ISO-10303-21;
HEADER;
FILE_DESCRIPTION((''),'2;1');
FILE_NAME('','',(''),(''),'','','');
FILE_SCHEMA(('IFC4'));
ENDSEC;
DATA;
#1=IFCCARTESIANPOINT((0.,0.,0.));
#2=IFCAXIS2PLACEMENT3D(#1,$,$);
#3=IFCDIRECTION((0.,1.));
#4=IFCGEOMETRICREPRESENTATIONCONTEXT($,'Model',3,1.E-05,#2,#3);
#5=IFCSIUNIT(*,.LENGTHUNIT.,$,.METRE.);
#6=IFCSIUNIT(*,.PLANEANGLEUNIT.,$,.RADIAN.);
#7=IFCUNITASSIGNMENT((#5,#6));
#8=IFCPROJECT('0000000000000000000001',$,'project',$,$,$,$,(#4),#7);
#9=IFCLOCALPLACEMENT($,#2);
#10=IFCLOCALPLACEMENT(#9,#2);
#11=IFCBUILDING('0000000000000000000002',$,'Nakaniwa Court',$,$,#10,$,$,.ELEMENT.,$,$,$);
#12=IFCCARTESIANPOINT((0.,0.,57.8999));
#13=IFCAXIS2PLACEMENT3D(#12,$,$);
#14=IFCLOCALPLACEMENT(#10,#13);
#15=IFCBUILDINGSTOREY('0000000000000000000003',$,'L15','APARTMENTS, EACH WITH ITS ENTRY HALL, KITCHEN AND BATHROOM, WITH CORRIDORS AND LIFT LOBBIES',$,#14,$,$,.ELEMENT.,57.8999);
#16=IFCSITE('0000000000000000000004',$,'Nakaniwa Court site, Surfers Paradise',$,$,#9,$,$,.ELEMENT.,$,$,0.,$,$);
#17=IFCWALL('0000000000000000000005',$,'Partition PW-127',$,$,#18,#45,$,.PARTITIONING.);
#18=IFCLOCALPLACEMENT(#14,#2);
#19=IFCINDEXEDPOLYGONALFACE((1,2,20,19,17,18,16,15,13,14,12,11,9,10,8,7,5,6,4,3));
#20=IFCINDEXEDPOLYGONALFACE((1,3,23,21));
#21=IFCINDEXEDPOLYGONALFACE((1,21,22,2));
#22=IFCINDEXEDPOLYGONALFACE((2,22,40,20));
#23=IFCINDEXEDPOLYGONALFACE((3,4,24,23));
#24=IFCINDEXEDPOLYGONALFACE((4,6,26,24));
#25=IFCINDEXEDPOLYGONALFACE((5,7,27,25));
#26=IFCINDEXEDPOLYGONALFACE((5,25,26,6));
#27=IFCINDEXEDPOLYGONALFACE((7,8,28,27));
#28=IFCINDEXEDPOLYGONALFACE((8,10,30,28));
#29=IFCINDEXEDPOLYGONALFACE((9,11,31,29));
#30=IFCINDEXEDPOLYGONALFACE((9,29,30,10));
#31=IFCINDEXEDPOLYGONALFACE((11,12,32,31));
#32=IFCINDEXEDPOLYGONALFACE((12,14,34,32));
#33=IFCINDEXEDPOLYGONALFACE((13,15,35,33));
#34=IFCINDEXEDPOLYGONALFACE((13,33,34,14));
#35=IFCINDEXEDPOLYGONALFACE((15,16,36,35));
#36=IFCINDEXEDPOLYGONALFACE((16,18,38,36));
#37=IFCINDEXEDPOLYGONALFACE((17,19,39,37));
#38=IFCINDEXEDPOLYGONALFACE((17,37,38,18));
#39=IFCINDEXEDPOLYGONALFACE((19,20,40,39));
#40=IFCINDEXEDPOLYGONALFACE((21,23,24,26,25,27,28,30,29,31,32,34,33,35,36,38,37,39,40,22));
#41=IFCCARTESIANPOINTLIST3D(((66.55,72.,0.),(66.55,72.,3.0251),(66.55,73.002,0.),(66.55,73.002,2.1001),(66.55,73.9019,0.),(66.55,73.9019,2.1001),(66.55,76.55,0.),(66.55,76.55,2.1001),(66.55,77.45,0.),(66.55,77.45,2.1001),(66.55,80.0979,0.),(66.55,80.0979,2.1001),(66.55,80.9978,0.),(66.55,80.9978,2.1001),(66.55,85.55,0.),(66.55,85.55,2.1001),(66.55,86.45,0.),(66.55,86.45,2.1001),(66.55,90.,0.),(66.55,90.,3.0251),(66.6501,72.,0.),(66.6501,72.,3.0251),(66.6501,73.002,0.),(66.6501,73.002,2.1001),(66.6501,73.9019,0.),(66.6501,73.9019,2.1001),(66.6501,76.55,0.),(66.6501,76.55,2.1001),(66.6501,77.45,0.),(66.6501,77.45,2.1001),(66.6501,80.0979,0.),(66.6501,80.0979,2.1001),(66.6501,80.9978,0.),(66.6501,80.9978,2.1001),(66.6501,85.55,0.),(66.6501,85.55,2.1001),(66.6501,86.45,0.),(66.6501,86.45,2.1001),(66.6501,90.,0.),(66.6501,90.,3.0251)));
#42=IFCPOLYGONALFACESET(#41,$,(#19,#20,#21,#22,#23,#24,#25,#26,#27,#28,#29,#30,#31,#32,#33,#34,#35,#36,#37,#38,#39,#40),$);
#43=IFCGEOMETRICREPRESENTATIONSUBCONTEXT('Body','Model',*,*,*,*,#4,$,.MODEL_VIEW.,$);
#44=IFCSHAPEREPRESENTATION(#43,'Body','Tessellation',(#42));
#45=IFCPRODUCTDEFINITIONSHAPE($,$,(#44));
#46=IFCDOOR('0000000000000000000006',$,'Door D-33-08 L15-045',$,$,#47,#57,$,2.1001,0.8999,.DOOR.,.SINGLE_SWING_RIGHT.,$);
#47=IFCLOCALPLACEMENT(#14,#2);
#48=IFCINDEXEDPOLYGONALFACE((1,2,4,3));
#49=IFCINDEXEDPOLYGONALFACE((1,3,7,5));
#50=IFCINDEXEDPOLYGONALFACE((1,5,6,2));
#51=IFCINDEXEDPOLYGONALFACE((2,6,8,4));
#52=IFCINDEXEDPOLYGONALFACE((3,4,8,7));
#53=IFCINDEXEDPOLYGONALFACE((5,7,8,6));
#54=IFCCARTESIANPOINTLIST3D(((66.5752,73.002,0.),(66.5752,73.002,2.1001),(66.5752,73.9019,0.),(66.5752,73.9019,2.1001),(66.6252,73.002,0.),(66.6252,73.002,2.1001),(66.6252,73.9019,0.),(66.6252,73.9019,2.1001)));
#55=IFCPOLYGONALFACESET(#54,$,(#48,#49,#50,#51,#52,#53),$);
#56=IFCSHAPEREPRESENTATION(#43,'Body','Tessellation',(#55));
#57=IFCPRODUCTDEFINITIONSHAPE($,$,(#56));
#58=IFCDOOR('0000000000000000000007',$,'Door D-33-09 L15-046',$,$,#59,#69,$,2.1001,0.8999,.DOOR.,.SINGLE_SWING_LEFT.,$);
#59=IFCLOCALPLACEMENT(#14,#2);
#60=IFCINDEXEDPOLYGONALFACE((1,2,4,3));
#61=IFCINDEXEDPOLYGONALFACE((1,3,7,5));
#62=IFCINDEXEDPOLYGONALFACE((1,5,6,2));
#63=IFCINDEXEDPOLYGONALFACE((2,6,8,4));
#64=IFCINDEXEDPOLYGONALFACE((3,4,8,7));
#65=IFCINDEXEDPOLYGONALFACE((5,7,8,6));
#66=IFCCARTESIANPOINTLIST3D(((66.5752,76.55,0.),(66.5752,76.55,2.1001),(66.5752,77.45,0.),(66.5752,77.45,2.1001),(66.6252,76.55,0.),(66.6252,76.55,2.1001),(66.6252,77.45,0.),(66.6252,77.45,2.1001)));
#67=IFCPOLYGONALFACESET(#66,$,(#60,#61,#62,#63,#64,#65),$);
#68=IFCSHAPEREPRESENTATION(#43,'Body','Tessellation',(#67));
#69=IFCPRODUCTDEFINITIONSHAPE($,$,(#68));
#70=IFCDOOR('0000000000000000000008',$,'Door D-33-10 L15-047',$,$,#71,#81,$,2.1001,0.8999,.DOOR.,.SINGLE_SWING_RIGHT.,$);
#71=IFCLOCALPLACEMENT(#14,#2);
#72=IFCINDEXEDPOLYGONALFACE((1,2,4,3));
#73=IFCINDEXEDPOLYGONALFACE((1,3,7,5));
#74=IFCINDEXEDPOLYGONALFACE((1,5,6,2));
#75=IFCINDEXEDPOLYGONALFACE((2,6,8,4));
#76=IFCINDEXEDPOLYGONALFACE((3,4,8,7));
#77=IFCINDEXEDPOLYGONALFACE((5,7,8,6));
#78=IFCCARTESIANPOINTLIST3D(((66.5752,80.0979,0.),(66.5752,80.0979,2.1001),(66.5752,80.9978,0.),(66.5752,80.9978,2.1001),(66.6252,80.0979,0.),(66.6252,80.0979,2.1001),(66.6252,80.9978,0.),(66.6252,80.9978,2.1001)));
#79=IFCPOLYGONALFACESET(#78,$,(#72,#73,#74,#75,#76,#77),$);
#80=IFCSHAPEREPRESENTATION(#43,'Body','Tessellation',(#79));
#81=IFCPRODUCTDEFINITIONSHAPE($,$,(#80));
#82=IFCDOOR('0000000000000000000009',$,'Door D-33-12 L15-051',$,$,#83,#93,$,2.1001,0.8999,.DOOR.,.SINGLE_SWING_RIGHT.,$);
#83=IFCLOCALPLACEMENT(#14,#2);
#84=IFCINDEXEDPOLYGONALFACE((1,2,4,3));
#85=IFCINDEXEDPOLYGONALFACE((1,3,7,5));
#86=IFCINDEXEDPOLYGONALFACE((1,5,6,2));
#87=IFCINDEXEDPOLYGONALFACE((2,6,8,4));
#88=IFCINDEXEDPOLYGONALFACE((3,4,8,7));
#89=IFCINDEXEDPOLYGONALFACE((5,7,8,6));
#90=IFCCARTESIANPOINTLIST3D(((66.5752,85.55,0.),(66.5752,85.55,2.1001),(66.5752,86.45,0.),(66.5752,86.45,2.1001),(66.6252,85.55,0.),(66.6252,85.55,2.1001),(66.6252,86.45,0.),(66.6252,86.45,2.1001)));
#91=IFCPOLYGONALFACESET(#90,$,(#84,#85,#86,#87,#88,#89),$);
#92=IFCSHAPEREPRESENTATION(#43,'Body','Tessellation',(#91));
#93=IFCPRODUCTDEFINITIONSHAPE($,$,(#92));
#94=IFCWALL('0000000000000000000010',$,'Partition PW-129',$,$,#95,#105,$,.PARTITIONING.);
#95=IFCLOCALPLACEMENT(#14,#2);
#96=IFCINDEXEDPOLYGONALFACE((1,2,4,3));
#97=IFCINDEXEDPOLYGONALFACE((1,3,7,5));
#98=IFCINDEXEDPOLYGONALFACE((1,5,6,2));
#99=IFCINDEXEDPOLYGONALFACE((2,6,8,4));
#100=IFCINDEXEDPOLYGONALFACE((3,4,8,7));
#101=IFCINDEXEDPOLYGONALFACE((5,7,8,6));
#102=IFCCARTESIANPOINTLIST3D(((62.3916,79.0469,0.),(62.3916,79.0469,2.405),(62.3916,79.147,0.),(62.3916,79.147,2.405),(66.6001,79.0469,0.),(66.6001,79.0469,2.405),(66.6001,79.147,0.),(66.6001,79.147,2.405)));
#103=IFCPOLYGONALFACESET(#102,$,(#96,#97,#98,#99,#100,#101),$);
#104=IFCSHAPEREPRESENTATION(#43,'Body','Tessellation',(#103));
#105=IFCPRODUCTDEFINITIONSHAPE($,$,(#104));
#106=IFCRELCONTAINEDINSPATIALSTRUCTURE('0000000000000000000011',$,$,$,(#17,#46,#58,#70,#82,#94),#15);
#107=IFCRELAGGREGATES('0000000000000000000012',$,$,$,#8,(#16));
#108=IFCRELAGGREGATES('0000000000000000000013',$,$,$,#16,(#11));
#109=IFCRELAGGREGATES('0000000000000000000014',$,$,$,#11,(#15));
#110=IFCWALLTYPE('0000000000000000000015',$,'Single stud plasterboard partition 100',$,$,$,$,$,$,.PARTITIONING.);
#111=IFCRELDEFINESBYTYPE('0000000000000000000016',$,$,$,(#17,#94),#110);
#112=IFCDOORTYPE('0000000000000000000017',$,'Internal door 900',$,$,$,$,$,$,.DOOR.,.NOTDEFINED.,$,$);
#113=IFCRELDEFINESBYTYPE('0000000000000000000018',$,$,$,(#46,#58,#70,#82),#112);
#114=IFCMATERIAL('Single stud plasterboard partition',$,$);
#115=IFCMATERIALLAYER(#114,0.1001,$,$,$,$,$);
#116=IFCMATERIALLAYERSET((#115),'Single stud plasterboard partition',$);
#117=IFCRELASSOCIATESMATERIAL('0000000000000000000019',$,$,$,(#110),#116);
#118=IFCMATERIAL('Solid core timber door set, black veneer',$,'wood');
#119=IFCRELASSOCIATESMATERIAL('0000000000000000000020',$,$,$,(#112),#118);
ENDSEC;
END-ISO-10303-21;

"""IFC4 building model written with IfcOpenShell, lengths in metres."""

from ifc_helpers import new_model, si_unit, direction, frame, frame_2d, origin, place, context, subcontext, project, spatial, rectangle, extrude, material, layer, layer_set, type_object, element, fill, save


model = new_model("IFC4")

# Units and contexts
model_context = context("Model", 3, precision=1e-05, world=origin(), true_north=direction((0.0, 1.0)))
body_context = subcontext(model_context, "Body", "Model", "MODEL_VIEW")
ifc_project = project(units=[si_unit("LENGTHUNIT", "METRE"), si_unit("PLANEANGLEUNIT", "RADIAN")], contexts=[model_context])

# Site, building, storey
site_placement = place(None, origin())
site = spatial("IfcSite", under=ifc_project, at=site_placement, Name="Nakaniwa Court site, Surfers Paradise", CompositionType="ELEMENT", RefElevation=0.0)
building_placement = place(site_placement, origin())
building = spatial("IfcBuilding", under=site, at=building_placement, Name="Nakaniwa Court", CompositionType="ELEMENT")
storey_placement = place(building_placement, frame((0.0, 0.0, 57.8999)))
storey = spatial("IfcBuildingStorey", under=building, at=storey_placement, Name="L15", Description="APARTMENTS, EACH WITH ITS ENTRY HALL, KITCHEN AND BATHROOM, WITH CORRIDORS AND LIFT LOBBIES", CompositionType="ELEMENT", Elevation=57.8999)

# Shared definitions
ifc_material_1 = material(Name="Single stud plasterboard partition")
ifc_layer_1 = layer(ifc_material_1, 0.1001)
ifc_layer_set_1 = layer_set([ifc_layer_1], Name="Single stud plasterboard partition")
wall_type_1 = type_object("IfcWallType", Name="Single stud plasterboard partition 100", PredefinedType="PARTITIONING", material=ifc_layer_set_1)

# Wall, openings, doors
wall_1_placement = place(storey_placement, frame((66.6001, 72.0, 0.0), z_axis=(0.0, 0.0, 1.0), x_axis=(0.0, 1.0, 0.0)))
wall_1 = element("IfcWall", 1, at=wall_1_placement, inside=storey, type_object=wall_type_1, Name="Partition PW-127", PredefinedType="PARTITIONING", context=body_context, shape_type="SweptSolid", body=[
    extrude(rectangle(XDim=18.0, YDim=0.1001, at=frame_2d((9.0, 0.0))), origin(), (0.0, 0.0, 1.0), 3.0251),
])
opening_1_placement = place(wall_1_placement, frame((1.002, 0.0, 0.0)))
opening_1 = element("IfcOpeningElement", 2, at=opening_1_placement, cuts=wall_1, PredefinedType="OPENING", context=body_context, shape_type="SweptSolid", body=[
    extrude(rectangle(XDim=0.8999, YDim=2.1001, at=frame_2d((0.45, 1.05))), frame((0.0, 0.0601, 0.0), z_axis=(0.0, -1.0, 0.0), x_axis=(1.0, 0.0, 0.0)), (0.0, 0.0, 1.0), 0.1201),
])
opening_2_placement = place(wall_1_placement, frame((4.55, 0.0, 0.0)))
opening_2 = element("IfcOpeningElement", 3, at=opening_2_placement, cuts=wall_1, PredefinedType="OPENING", context=body_context, shape_type="SweptSolid", body=[
    extrude(rectangle(XDim=0.8999, YDim=2.1001, at=frame_2d((0.45, 1.05))), frame((0.0, 0.0601, 0.0), z_axis=(0.0, -1.0, 0.0), x_axis=(1.0, 0.0, 0.0)), (0.0, 0.0, 1.0), 0.1201),
])
opening_3_placement = place(wall_1_placement, frame((8.0979, 0.0, 0.0)))
opening_3 = element("IfcOpeningElement", 4, at=opening_3_placement, cuts=wall_1, PredefinedType="OPENING", context=body_context, shape_type="SweptSolid", body=[
    extrude(rectangle(XDim=0.8999, YDim=2.1001, at=frame_2d((0.45, 1.05))), frame((0.0, 0.0601, 0.0), z_axis=(0.0, -1.0, 0.0), x_axis=(1.0, 0.0, 0.0)), (0.0, 0.0, 1.0), 0.1201),
])
opening_4_placement = place(wall_1_placement, frame((13.55, 0.0, 0.0)))
opening_4 = element("IfcOpeningElement", 5, at=opening_4_placement, cuts=wall_1, PredefinedType="OPENING", context=body_context, shape_type="SweptSolid", body=[
    extrude(rectangle(XDim=0.8999, YDim=2.1001, at=frame_2d((0.45, 1.05))), frame((0.0, 0.0601, 0.0), z_axis=(0.0, -1.0, 0.0), x_axis=(1.0, 0.0, 0.0)), (0.0, 0.0, 1.0), 0.1201),
])
ifc_material_2 = material(Name="Solid core timber door set, black veneer", Category="wood")
door_type = type_object("IfcDoorType", Name="Internal door 900", OperationType="NOTDEFINED", PredefinedType="DOOR", material=ifc_material_2)
door_1_placement = place(opening_1_placement, origin())
door_1 = element("IfcDoor", 6, at=door_1_placement, inside=storey, type_object=door_type, Name="Door D-33-08 L15-045", OperationType="SINGLE_SWING_RIGHT", OverallHeight=2.1001, OverallWidth=0.8999, PredefinedType="DOOR", context=body_context, shape_type="SweptSolid", body=[
    extrude(rectangle(XDim=0.8999, YDim=2.1001, at=frame_2d((0.45, 1.05))), frame((0.0, 0.0249, 0.0), z_axis=(0.0, -1.0, 0.0), x_axis=(1.0, 0.0, 0.0)), (0.0, 0.0, 1.0), 0.05),
])
fill(opening_1, door_1)
door_2_placement = place(opening_2_placement, origin())
door_2 = element("IfcDoor", 7, at=door_2_placement, inside=storey, type_object=door_type, Name="Door D-33-09 L15-046", OperationType="SINGLE_SWING_LEFT", OverallHeight=2.1001, OverallWidth=0.8999, PredefinedType="DOOR", context=body_context, shape_type="SweptSolid", body=[
    extrude(rectangle(XDim=0.8999, YDim=2.1001, at=frame_2d((0.45, 1.05))), frame((0.0, 0.0249, 0.0), z_axis=(0.0, -1.0, 0.0), x_axis=(1.0, 0.0, 0.0)), (0.0, 0.0, 1.0), 0.05),
])
fill(opening_2, door_2)
door_3_placement = place(opening_3_placement, origin())
door_3 = element("IfcDoor", 8, at=door_3_placement, inside=storey, type_object=door_type, Name="Door D-33-10 L15-047", OperationType="SINGLE_SWING_RIGHT", OverallHeight=2.1001, OverallWidth=0.8999, PredefinedType="DOOR", context=body_context, shape_type="SweptSolid", body=[
    extrude(rectangle(XDim=0.8999, YDim=2.1001, at=frame_2d((0.45, 1.05))), frame((0.0, 0.0249, 0.0), z_axis=(0.0, -1.0, 0.0), x_axis=(1.0, 0.0, 0.0)), (0.0, 0.0, 1.0), 0.05),
])
fill(opening_3, door_3)
door_4_placement = place(opening_4_placement, origin())
door_4 = element("IfcDoor", 9, at=door_4_placement, inside=storey, type_object=door_type, Name="Door D-33-12 L15-051", OperationType="SINGLE_SWING_RIGHT", OverallHeight=2.1001, OverallWidth=0.8999, PredefinedType="DOOR", context=body_context, shape_type="SweptSolid", body=[
    extrude(rectangle(XDim=0.8999, YDim=2.1001, at=frame_2d((0.45, 1.05))), frame((0.0, 0.0249, 0.0), z_axis=(0.0, -1.0, 0.0), x_axis=(1.0, 0.0, 0.0)), (0.0, 0.0, 1.0), 0.05),
])
fill(opening_4, door_4)

# Wall
wall_2_placement = place(storey_placement, frame((62.3916, 79.0969, 0.0), z_axis=(0.0, 0.0, 1.0), x_axis=(1.0, 0.0, 0.0)))
element("IfcWall", 10, at=wall_2_placement, inside=storey, type_object=wall_type_1, Name="Partition PW-129", PredefinedType="PARTITIONING", context=body_context, shape_type="SweptSolid", body=[
    extrude(rectangle(XDim=4.2085, YDim=0.1001, at=frame_2d((2.1042, 0.0))), origin(), (0.0, 0.0, 1.0), 2.405),
])

save(model, "model.ifc")
